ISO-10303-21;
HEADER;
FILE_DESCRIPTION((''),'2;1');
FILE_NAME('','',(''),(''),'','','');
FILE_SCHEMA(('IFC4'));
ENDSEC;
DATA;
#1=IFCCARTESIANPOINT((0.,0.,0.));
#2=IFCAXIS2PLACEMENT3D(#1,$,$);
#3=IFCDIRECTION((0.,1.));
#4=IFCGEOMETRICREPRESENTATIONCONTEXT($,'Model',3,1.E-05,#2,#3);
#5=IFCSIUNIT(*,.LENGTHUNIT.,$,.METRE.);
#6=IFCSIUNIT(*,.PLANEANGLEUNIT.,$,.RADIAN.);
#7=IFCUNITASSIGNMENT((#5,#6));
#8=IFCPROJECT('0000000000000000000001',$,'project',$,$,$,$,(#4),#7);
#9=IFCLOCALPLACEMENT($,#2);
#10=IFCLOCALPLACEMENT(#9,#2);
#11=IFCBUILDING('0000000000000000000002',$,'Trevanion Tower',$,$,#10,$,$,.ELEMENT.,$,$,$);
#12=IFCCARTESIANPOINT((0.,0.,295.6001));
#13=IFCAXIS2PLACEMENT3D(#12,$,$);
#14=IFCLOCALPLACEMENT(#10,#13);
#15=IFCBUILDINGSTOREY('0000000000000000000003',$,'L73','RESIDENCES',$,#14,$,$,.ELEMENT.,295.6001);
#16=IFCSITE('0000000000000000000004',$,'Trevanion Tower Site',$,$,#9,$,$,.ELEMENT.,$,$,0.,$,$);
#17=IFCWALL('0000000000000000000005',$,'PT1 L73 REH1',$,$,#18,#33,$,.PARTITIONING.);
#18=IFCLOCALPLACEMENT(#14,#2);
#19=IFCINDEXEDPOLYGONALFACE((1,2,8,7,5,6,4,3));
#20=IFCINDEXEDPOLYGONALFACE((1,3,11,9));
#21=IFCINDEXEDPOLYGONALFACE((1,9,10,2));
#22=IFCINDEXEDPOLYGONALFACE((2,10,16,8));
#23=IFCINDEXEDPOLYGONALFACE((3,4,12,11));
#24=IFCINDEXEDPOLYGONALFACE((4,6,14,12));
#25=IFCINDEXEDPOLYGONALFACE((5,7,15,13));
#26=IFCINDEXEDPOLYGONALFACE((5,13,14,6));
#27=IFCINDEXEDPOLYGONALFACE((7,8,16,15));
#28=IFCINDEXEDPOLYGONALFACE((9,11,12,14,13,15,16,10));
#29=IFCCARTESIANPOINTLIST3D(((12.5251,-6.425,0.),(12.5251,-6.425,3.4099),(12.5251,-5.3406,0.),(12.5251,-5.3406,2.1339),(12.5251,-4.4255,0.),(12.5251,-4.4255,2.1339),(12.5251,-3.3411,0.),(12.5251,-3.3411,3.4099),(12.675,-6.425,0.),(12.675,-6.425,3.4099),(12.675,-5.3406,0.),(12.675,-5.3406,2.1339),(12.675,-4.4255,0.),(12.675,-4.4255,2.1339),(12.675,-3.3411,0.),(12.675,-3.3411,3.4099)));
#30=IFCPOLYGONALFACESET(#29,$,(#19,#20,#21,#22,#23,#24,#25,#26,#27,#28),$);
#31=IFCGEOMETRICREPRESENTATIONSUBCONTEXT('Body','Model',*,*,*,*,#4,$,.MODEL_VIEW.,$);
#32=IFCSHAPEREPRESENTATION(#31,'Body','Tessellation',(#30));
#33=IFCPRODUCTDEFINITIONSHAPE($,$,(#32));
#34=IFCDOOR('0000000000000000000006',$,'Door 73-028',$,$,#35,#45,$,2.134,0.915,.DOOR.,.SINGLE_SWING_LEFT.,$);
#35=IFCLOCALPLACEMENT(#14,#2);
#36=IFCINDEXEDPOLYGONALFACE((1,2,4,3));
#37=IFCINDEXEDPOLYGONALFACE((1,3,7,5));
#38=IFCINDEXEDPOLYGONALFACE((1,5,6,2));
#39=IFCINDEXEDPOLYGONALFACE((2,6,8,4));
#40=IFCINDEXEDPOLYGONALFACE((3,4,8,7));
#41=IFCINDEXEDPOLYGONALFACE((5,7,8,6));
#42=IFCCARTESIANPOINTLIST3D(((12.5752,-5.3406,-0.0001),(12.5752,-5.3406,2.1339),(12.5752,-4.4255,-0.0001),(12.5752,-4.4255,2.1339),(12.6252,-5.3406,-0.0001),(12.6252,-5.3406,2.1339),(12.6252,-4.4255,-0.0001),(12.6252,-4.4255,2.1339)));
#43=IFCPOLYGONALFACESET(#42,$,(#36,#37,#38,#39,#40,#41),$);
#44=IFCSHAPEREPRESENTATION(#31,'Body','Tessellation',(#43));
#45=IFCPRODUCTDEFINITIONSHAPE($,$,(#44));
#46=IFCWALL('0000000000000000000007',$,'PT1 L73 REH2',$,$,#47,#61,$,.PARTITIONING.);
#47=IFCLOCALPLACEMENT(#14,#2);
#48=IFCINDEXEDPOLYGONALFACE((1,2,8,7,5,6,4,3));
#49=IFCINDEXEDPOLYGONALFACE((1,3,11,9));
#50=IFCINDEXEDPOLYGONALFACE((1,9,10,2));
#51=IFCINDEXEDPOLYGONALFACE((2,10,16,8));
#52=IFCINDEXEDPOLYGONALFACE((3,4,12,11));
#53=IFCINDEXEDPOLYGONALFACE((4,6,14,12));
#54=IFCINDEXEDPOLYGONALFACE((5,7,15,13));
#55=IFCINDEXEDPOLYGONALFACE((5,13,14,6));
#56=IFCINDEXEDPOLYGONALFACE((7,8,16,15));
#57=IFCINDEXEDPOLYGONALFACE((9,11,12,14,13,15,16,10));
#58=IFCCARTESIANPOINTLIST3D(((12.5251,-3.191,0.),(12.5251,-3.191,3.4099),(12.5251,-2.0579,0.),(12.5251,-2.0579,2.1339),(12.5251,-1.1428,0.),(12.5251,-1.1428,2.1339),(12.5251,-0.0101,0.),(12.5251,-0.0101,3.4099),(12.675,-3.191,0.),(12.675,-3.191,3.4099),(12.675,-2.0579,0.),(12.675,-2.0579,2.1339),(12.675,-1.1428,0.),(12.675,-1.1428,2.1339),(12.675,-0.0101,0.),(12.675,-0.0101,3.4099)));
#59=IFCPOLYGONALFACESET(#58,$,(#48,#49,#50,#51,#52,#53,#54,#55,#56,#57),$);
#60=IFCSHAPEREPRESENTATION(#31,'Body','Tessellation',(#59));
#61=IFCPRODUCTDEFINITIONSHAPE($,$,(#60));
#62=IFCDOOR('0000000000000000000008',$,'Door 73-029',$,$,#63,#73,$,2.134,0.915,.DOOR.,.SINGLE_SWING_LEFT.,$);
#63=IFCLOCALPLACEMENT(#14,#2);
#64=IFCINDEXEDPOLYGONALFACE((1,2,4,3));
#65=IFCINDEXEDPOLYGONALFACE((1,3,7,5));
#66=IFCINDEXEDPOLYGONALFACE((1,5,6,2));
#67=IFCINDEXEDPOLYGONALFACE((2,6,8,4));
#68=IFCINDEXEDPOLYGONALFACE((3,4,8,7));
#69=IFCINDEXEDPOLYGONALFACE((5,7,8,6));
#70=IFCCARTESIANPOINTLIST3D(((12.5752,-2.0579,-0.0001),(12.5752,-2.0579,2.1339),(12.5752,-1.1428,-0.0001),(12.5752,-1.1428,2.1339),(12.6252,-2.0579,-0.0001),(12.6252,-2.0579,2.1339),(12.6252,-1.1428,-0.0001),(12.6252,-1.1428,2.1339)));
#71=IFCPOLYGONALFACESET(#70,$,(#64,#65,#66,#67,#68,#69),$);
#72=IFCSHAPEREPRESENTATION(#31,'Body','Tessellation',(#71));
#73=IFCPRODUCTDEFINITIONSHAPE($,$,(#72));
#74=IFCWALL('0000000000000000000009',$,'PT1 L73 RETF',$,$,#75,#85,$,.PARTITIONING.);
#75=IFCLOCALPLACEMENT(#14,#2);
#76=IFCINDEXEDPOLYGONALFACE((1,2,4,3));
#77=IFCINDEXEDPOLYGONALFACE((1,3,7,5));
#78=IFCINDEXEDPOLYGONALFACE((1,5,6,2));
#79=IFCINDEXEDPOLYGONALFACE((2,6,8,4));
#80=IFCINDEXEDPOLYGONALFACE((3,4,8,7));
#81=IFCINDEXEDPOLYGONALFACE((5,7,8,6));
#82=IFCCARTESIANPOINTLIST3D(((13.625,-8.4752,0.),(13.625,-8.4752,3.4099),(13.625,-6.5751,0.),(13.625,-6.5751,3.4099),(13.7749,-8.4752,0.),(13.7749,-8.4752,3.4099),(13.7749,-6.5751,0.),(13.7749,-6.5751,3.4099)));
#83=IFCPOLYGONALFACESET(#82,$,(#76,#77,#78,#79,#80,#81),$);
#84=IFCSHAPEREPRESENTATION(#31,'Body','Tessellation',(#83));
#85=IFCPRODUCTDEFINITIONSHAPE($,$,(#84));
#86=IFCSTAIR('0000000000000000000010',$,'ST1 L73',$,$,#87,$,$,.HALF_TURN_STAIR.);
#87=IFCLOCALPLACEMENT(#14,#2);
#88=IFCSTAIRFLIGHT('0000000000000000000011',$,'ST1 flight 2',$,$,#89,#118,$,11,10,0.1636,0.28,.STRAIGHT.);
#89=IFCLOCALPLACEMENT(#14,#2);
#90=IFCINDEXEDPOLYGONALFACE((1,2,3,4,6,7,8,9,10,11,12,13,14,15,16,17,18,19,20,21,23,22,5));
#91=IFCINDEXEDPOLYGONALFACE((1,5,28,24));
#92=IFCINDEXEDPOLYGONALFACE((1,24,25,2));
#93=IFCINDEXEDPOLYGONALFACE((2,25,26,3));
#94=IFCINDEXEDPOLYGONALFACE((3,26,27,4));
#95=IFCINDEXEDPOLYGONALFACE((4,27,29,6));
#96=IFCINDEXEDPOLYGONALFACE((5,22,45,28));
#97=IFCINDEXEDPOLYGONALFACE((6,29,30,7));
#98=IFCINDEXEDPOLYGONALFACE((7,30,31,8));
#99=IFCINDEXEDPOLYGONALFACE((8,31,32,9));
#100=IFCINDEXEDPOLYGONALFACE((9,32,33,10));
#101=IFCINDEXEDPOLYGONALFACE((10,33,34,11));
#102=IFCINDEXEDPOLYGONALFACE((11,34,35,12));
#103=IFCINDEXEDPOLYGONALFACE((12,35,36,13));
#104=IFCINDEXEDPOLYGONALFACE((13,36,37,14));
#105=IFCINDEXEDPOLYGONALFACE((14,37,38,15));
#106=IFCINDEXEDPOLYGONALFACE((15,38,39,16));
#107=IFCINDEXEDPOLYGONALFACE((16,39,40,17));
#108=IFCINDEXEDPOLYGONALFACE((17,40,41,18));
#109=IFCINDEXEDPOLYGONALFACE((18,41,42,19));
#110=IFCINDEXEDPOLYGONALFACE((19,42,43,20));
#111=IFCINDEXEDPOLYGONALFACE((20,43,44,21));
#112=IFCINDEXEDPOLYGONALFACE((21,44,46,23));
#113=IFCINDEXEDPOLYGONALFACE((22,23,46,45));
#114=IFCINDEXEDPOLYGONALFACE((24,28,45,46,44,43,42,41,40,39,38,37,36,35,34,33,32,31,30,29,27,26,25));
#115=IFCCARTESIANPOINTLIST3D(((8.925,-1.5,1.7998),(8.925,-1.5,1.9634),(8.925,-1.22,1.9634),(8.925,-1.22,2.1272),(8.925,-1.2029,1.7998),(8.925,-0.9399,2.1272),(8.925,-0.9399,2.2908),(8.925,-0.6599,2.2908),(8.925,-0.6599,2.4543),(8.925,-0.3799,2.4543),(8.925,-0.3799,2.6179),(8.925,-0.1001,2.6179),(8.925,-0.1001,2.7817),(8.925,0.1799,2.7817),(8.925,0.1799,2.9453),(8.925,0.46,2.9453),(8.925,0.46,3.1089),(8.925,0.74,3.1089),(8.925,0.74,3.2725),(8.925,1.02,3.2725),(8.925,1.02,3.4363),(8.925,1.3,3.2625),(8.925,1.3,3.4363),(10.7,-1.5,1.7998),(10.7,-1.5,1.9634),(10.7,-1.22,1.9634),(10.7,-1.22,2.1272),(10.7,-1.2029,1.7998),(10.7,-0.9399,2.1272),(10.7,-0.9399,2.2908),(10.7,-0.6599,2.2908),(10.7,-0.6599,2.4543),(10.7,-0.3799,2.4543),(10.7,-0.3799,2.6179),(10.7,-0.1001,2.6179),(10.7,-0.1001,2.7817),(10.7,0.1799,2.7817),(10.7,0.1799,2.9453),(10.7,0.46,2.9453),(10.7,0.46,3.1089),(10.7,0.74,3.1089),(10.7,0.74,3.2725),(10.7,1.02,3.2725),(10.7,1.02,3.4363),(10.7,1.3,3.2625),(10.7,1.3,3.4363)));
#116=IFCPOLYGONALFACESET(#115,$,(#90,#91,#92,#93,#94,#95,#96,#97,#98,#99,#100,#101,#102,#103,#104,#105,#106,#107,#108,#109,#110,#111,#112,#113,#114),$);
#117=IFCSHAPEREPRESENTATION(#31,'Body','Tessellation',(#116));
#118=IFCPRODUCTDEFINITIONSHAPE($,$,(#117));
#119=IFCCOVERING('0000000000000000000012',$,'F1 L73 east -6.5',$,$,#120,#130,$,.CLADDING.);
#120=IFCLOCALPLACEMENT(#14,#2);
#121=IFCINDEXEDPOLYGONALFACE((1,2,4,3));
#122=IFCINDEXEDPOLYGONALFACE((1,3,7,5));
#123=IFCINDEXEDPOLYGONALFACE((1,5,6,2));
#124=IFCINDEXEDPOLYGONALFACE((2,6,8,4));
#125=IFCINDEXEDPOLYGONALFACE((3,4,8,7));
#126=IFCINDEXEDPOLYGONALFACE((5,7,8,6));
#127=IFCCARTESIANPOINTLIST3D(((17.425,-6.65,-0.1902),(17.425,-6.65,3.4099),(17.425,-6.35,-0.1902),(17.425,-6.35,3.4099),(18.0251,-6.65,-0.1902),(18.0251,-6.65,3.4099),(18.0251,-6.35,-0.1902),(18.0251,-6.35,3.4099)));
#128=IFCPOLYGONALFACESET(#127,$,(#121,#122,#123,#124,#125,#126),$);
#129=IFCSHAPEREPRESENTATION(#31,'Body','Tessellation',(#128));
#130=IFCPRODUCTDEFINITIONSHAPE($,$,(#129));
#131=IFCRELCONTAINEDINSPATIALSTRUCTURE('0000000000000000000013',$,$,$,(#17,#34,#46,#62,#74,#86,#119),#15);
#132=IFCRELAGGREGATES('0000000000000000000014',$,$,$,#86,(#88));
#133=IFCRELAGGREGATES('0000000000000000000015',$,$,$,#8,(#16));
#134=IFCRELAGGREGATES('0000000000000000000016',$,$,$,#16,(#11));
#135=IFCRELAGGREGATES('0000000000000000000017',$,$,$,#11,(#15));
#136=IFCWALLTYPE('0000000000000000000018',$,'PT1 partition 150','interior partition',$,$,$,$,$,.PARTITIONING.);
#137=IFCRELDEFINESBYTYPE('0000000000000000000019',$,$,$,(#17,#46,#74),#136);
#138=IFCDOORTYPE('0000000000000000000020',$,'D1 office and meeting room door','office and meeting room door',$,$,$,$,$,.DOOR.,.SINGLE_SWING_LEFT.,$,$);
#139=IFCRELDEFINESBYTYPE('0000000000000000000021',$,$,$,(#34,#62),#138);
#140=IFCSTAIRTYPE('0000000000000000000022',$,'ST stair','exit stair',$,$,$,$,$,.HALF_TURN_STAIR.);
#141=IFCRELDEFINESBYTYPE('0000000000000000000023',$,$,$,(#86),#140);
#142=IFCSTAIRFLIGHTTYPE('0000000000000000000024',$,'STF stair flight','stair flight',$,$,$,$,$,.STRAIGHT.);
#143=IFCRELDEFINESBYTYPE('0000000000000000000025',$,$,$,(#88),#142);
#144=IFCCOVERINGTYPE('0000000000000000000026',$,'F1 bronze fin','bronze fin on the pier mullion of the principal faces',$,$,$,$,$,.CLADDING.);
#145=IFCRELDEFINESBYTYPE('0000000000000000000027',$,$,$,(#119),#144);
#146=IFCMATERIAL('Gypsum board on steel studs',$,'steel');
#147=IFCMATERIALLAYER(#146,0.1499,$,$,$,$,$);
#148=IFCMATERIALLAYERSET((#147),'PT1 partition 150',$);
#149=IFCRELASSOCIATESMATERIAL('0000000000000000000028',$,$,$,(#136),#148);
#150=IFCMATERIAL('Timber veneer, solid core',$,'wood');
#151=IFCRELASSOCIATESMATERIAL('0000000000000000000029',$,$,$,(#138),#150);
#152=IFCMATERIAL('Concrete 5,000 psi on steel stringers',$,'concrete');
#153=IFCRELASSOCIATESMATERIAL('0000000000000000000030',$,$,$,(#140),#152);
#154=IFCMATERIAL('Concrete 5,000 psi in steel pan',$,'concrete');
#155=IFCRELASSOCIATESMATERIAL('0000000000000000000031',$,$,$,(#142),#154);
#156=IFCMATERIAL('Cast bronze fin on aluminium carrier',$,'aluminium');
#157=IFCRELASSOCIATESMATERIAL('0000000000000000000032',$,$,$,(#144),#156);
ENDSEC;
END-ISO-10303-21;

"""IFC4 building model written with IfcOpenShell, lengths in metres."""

from ifc_helpers import new_model, si_unit, direction, frame, frame_2d, origin, origin_2d, place, context, subcontext, project, spatial, polyline, rectangle, outline, extrude, material, layer, layer_set, type_object, element, fill, aggregate, save


model = new_model("IFC4")

# Units and contexts
model_context = context("Model", 3, precision=1e-05, world=origin(), true_north=direction((0.0, 1.0)))
body_context = subcontext(model_context, "Body", "Model", "MODEL_VIEW")
ifc_project = project(units=[si_unit("LENGTHUNIT", "METRE"), si_unit("PLANEANGLEUNIT", "RADIAN")], contexts=[model_context])

# Site, building, storey
site_placement = place(None, origin())
site = spatial("IfcSite", under=ifc_project, at=site_placement, Name="Trevanion Tower Site", CompositionType="ELEMENT", RefElevation=0.0)
building_placement = place(site_placement, origin())
building = spatial("IfcBuilding", under=site, at=building_placement, Name="Trevanion Tower", CompositionType="ELEMENT")
storey_placement = place(building_placement, frame((0.0, 0.0, 295.6001)))
storey = spatial("IfcBuildingStorey", under=building, at=storey_placement, Name="L73", Description="RESIDENCES", CompositionType="ELEMENT", Elevation=295.6001)

# Shared definitions
ifc_material_1 = material(Name="Gypsum board on steel studs", Category="steel")
ifc_layer_1 = layer(ifc_material_1, 0.1499)
ifc_layer_set_1 = layer_set([ifc_layer_1], Name="PT1 partition 150")
wall_type = type_object("IfcWallType", Name="PT1 partition 150", Description="interior partition", PredefinedType="PARTITIONING", material=ifc_layer_set_1)
ifc_material_2 = material(Name="Timber veneer, solid core", Category="wood")
door_type_1 = type_object("IfcDoorType", Name="D1 office and meeting room door", Description="office and meeting room door", OperationType="SINGLE_SWING_LEFT", PredefinedType="DOOR", material=ifc_material_2)

# Walls, openings, doors
wall_1_placement = place(storey_placement, frame((12.6001, -6.425, 0.0), z_axis=(0.0, 0.0, 1.0), x_axis=(0.0, 1.0, 0.0)))
wall_1 = element("IfcWall", 1, at=wall_1_placement, inside=storey, type_object=wall_type, Name="PT1 L73 REH1", PredefinedType="PARTITIONING", context=body_context, shape_type="SweptSolid", body=[
    extrude(rectangle(XDim=3.084, YDim=0.1499, at=frame_2d((1.542, 0.0))), origin(), (0.0, 0.0, 1.0), 3.4099),
])
opening_1_placement = place(wall_1_placement, frame((1.0845, 0.0, 0.0)))
opening_1 = element("IfcOpeningElement", 2, at=opening_1_placement, cuts=wall_1, PredefinedType="OPENING", context=body_context, shape_type="SweptSolid", body=[
    extrude(rectangle(XDim=0.915, YDim=2.134, at=frame_2d((0.4575, 1.0669))), frame((0.0, 0.085, 0.0), z_axis=(0.0, -1.0, 0.0), x_axis=(1.0, 0.0, 0.0)), (0.0, 0.0, 1.0), 0.1699),
])
door_1_placement = place(opening_1_placement, origin())
door_1 = element("IfcDoor", 3, at=door_1_placement, inside=storey, type_object=door_type_1, Name="Door 73-028", OperationType="SINGLE_SWING_LEFT", OverallHeight=2.134, OverallWidth=0.915, PredefinedType="DOOR", context=body_context, shape_type="SweptSolid", body=[
    extrude(rectangle(XDim=0.915, YDim=2.134, at=frame_2d((0.4575, 1.0669))), frame((0.0, 0.0249, 0.0), z_axis=(0.0, -1.0, 0.0), x_axis=(1.0, 0.0, 0.0)), (0.0, 0.0, 1.0), 0.05),
])
fill(opening_1, door_1)
wall_2_placement = place(storey_placement, frame((12.6001, -3.1909, 0.0), z_axis=(0.0, 0.0, 1.0), x_axis=(0.0, 1.0, 0.0)))
wall_2 = element("IfcWall", 4, at=wall_2_placement, inside=storey, type_object=wall_type, Name="PT1 L73 REH2", PredefinedType="PARTITIONING", context=body_context, shape_type="SweptSolid", body=[
    extrude(rectangle(XDim=3.1809, YDim=0.1499, at=frame_2d((1.5903, 0.0))), origin(), (0.0, 0.0, 1.0), 3.4099),
])
opening_2_placement = place(wall_2_placement, frame((1.1331, 0.0, 0.0)))
opening_2 = element("IfcOpeningElement", 5, at=opening_2_placement, cuts=wall_2, PredefinedType="OPENING", context=body_context, shape_type="SweptSolid", body=[
    extrude(rectangle(XDim=0.915, YDim=2.134, at=frame_2d((0.4575, 1.0669))), frame((0.0, 0.085, 0.0), z_axis=(0.0, -1.0, 0.0), x_axis=(1.0, 0.0, 0.0)), (0.0, 0.0, 1.0), 0.1699),
])
door_2_placement = place(opening_2_placement, origin())
door_2 = element("IfcDoor", 6, at=door_2_placement, inside=storey, type_object=door_type_1, Name="Door 73-029", OperationType="SINGLE_SWING_LEFT", OverallHeight=2.134, OverallWidth=0.915, PredefinedType="DOOR", context=body_context, shape_type="SweptSolid", body=[
    extrude(rectangle(XDim=0.915, YDim=2.134, at=frame_2d((0.4575, 1.0669))), frame((0.0, 0.0249, 0.0), z_axis=(0.0, -1.0, 0.0), x_axis=(1.0, 0.0, 0.0)), (0.0, 0.0, 1.0), 0.05),
])
fill(opening_2, door_2)

# Wall
wall_3_placement = place(storey_placement, frame((13.7, -6.575, 0.0), z_axis=(0.0, 0.0, 1.0), x_axis=(0.0, -1.0, 0.0)))
element("IfcWall", 7, at=wall_3_placement, inside=storey, type_object=wall_type, Name="PT1 L73 RETF", PredefinedType="PARTITIONING", context=body_context, shape_type="SweptSolid", body=[
    extrude(rectangle(XDim=1.9001, YDim=0.1499, at=frame_2d((0.9502, 0.0))), origin(), (0.0, 0.0, 1.0), 3.4099),
])

# Stair, stair flight
ifc_material_3 = material(Name="Concrete 5,000 psi on steel stringers", Category="concrete")
stair_type = type_object("IfcStairType", Name="ST stair", Description="exit stair", PredefinedType="HALF_TURN_STAIR", material=ifc_material_3)
stair_placement = place(storey_placement, origin())
stair = element("IfcStair", 8, at=stair_placement, inside=storey, type_object=stair_type, Name="ST1 L73", PredefinedType="HALF_TURN_STAIR")
ifc_material_4 = material(Name="Concrete 5,000 psi in steel pan", Category="concrete")
stair_flight_type = type_object("IfcStairFlightType", Name="STF stair flight", Description="stair flight", PredefinedType="STRAIGHT", material=ifc_material_4)
stair_flight_placement = place(storey_placement, frame((9.8125, -1.5, 1.7998), z_axis=(0.0, 0.0, 1.0), x_axis=(0.0, 1.0, 0.0)))
stair_flight = element("IfcStairFlight", 9, at=stair_flight_placement, type_object=stair_flight_type, Name="ST1 flight 2", NumberOfRisers=11, NumberOfTreads=10, PredefinedType="STRAIGHT", RiserHeight=0.1636, TreadLength=0.28, context=body_context, shape_type="SweptSolid", body=[
    extrude(outline(polyline([(0.0, 0.0), (0.0, 0.1636), (0.28, 0.1636), (0.28, 0.3274), (0.5601, 0.3274), (0.5601, 0.491), (0.8401, 0.491), (0.8401, 0.6545), (1.1201, 0.6545), (1.1201, 0.8181), (1.3999, 0.8181), (1.3999, 0.9819), (1.6799, 0.9819), (1.6799, 1.1455), (1.96, 1.1455), (1.96, 1.3091), (2.24, 1.3091), (2.24, 1.4727), (2.52, 1.4727), (2.52, 1.6365), (2.8, 1.6365), (2.8, 1.8), (2.8, 1.4626), (0.2971, 0.0), (0.0, 0.0)])), frame((0.0, 0.8875, 0.0), z_axis=(0.0, -1.0, 0.0), x_axis=(1.0, 0.0, 0.0)), (0.0, 0.0, 1.0), 1.7749),
])
aggregate(stair, [stair_flight])

# Covering
ifc_material_5 = material(Name="Cast bronze fin on aluminium carrier", Category="aluminium")
covering_type = type_object("IfcCoveringType", Name="F1 bronze fin", Description="bronze fin on the pier mullion of the principal faces", PredefinedType="CLADDING", material=ifc_material_5)
covering_placement = place(storey_placement, frame((17.7251, -6.5, -0.1902), z_axis=(0.0, 0.0, 1.0), x_axis=(0.0, 1.0, 0.0)))
element("IfcCovering", 10, at=covering_placement, inside=storey, type_object=covering_type, Name="F1 L73 east -6.5", PredefinedType="CLADDING", context=body_context, shape_type="SweptSolid", body=[
    extrude(rectangle(XDim=0.3, YDim=0.6001, at=origin_2d()), origin(), (0.0, 0.0, 1.0), 3.6001),
])

save(model, "model.ifc")
